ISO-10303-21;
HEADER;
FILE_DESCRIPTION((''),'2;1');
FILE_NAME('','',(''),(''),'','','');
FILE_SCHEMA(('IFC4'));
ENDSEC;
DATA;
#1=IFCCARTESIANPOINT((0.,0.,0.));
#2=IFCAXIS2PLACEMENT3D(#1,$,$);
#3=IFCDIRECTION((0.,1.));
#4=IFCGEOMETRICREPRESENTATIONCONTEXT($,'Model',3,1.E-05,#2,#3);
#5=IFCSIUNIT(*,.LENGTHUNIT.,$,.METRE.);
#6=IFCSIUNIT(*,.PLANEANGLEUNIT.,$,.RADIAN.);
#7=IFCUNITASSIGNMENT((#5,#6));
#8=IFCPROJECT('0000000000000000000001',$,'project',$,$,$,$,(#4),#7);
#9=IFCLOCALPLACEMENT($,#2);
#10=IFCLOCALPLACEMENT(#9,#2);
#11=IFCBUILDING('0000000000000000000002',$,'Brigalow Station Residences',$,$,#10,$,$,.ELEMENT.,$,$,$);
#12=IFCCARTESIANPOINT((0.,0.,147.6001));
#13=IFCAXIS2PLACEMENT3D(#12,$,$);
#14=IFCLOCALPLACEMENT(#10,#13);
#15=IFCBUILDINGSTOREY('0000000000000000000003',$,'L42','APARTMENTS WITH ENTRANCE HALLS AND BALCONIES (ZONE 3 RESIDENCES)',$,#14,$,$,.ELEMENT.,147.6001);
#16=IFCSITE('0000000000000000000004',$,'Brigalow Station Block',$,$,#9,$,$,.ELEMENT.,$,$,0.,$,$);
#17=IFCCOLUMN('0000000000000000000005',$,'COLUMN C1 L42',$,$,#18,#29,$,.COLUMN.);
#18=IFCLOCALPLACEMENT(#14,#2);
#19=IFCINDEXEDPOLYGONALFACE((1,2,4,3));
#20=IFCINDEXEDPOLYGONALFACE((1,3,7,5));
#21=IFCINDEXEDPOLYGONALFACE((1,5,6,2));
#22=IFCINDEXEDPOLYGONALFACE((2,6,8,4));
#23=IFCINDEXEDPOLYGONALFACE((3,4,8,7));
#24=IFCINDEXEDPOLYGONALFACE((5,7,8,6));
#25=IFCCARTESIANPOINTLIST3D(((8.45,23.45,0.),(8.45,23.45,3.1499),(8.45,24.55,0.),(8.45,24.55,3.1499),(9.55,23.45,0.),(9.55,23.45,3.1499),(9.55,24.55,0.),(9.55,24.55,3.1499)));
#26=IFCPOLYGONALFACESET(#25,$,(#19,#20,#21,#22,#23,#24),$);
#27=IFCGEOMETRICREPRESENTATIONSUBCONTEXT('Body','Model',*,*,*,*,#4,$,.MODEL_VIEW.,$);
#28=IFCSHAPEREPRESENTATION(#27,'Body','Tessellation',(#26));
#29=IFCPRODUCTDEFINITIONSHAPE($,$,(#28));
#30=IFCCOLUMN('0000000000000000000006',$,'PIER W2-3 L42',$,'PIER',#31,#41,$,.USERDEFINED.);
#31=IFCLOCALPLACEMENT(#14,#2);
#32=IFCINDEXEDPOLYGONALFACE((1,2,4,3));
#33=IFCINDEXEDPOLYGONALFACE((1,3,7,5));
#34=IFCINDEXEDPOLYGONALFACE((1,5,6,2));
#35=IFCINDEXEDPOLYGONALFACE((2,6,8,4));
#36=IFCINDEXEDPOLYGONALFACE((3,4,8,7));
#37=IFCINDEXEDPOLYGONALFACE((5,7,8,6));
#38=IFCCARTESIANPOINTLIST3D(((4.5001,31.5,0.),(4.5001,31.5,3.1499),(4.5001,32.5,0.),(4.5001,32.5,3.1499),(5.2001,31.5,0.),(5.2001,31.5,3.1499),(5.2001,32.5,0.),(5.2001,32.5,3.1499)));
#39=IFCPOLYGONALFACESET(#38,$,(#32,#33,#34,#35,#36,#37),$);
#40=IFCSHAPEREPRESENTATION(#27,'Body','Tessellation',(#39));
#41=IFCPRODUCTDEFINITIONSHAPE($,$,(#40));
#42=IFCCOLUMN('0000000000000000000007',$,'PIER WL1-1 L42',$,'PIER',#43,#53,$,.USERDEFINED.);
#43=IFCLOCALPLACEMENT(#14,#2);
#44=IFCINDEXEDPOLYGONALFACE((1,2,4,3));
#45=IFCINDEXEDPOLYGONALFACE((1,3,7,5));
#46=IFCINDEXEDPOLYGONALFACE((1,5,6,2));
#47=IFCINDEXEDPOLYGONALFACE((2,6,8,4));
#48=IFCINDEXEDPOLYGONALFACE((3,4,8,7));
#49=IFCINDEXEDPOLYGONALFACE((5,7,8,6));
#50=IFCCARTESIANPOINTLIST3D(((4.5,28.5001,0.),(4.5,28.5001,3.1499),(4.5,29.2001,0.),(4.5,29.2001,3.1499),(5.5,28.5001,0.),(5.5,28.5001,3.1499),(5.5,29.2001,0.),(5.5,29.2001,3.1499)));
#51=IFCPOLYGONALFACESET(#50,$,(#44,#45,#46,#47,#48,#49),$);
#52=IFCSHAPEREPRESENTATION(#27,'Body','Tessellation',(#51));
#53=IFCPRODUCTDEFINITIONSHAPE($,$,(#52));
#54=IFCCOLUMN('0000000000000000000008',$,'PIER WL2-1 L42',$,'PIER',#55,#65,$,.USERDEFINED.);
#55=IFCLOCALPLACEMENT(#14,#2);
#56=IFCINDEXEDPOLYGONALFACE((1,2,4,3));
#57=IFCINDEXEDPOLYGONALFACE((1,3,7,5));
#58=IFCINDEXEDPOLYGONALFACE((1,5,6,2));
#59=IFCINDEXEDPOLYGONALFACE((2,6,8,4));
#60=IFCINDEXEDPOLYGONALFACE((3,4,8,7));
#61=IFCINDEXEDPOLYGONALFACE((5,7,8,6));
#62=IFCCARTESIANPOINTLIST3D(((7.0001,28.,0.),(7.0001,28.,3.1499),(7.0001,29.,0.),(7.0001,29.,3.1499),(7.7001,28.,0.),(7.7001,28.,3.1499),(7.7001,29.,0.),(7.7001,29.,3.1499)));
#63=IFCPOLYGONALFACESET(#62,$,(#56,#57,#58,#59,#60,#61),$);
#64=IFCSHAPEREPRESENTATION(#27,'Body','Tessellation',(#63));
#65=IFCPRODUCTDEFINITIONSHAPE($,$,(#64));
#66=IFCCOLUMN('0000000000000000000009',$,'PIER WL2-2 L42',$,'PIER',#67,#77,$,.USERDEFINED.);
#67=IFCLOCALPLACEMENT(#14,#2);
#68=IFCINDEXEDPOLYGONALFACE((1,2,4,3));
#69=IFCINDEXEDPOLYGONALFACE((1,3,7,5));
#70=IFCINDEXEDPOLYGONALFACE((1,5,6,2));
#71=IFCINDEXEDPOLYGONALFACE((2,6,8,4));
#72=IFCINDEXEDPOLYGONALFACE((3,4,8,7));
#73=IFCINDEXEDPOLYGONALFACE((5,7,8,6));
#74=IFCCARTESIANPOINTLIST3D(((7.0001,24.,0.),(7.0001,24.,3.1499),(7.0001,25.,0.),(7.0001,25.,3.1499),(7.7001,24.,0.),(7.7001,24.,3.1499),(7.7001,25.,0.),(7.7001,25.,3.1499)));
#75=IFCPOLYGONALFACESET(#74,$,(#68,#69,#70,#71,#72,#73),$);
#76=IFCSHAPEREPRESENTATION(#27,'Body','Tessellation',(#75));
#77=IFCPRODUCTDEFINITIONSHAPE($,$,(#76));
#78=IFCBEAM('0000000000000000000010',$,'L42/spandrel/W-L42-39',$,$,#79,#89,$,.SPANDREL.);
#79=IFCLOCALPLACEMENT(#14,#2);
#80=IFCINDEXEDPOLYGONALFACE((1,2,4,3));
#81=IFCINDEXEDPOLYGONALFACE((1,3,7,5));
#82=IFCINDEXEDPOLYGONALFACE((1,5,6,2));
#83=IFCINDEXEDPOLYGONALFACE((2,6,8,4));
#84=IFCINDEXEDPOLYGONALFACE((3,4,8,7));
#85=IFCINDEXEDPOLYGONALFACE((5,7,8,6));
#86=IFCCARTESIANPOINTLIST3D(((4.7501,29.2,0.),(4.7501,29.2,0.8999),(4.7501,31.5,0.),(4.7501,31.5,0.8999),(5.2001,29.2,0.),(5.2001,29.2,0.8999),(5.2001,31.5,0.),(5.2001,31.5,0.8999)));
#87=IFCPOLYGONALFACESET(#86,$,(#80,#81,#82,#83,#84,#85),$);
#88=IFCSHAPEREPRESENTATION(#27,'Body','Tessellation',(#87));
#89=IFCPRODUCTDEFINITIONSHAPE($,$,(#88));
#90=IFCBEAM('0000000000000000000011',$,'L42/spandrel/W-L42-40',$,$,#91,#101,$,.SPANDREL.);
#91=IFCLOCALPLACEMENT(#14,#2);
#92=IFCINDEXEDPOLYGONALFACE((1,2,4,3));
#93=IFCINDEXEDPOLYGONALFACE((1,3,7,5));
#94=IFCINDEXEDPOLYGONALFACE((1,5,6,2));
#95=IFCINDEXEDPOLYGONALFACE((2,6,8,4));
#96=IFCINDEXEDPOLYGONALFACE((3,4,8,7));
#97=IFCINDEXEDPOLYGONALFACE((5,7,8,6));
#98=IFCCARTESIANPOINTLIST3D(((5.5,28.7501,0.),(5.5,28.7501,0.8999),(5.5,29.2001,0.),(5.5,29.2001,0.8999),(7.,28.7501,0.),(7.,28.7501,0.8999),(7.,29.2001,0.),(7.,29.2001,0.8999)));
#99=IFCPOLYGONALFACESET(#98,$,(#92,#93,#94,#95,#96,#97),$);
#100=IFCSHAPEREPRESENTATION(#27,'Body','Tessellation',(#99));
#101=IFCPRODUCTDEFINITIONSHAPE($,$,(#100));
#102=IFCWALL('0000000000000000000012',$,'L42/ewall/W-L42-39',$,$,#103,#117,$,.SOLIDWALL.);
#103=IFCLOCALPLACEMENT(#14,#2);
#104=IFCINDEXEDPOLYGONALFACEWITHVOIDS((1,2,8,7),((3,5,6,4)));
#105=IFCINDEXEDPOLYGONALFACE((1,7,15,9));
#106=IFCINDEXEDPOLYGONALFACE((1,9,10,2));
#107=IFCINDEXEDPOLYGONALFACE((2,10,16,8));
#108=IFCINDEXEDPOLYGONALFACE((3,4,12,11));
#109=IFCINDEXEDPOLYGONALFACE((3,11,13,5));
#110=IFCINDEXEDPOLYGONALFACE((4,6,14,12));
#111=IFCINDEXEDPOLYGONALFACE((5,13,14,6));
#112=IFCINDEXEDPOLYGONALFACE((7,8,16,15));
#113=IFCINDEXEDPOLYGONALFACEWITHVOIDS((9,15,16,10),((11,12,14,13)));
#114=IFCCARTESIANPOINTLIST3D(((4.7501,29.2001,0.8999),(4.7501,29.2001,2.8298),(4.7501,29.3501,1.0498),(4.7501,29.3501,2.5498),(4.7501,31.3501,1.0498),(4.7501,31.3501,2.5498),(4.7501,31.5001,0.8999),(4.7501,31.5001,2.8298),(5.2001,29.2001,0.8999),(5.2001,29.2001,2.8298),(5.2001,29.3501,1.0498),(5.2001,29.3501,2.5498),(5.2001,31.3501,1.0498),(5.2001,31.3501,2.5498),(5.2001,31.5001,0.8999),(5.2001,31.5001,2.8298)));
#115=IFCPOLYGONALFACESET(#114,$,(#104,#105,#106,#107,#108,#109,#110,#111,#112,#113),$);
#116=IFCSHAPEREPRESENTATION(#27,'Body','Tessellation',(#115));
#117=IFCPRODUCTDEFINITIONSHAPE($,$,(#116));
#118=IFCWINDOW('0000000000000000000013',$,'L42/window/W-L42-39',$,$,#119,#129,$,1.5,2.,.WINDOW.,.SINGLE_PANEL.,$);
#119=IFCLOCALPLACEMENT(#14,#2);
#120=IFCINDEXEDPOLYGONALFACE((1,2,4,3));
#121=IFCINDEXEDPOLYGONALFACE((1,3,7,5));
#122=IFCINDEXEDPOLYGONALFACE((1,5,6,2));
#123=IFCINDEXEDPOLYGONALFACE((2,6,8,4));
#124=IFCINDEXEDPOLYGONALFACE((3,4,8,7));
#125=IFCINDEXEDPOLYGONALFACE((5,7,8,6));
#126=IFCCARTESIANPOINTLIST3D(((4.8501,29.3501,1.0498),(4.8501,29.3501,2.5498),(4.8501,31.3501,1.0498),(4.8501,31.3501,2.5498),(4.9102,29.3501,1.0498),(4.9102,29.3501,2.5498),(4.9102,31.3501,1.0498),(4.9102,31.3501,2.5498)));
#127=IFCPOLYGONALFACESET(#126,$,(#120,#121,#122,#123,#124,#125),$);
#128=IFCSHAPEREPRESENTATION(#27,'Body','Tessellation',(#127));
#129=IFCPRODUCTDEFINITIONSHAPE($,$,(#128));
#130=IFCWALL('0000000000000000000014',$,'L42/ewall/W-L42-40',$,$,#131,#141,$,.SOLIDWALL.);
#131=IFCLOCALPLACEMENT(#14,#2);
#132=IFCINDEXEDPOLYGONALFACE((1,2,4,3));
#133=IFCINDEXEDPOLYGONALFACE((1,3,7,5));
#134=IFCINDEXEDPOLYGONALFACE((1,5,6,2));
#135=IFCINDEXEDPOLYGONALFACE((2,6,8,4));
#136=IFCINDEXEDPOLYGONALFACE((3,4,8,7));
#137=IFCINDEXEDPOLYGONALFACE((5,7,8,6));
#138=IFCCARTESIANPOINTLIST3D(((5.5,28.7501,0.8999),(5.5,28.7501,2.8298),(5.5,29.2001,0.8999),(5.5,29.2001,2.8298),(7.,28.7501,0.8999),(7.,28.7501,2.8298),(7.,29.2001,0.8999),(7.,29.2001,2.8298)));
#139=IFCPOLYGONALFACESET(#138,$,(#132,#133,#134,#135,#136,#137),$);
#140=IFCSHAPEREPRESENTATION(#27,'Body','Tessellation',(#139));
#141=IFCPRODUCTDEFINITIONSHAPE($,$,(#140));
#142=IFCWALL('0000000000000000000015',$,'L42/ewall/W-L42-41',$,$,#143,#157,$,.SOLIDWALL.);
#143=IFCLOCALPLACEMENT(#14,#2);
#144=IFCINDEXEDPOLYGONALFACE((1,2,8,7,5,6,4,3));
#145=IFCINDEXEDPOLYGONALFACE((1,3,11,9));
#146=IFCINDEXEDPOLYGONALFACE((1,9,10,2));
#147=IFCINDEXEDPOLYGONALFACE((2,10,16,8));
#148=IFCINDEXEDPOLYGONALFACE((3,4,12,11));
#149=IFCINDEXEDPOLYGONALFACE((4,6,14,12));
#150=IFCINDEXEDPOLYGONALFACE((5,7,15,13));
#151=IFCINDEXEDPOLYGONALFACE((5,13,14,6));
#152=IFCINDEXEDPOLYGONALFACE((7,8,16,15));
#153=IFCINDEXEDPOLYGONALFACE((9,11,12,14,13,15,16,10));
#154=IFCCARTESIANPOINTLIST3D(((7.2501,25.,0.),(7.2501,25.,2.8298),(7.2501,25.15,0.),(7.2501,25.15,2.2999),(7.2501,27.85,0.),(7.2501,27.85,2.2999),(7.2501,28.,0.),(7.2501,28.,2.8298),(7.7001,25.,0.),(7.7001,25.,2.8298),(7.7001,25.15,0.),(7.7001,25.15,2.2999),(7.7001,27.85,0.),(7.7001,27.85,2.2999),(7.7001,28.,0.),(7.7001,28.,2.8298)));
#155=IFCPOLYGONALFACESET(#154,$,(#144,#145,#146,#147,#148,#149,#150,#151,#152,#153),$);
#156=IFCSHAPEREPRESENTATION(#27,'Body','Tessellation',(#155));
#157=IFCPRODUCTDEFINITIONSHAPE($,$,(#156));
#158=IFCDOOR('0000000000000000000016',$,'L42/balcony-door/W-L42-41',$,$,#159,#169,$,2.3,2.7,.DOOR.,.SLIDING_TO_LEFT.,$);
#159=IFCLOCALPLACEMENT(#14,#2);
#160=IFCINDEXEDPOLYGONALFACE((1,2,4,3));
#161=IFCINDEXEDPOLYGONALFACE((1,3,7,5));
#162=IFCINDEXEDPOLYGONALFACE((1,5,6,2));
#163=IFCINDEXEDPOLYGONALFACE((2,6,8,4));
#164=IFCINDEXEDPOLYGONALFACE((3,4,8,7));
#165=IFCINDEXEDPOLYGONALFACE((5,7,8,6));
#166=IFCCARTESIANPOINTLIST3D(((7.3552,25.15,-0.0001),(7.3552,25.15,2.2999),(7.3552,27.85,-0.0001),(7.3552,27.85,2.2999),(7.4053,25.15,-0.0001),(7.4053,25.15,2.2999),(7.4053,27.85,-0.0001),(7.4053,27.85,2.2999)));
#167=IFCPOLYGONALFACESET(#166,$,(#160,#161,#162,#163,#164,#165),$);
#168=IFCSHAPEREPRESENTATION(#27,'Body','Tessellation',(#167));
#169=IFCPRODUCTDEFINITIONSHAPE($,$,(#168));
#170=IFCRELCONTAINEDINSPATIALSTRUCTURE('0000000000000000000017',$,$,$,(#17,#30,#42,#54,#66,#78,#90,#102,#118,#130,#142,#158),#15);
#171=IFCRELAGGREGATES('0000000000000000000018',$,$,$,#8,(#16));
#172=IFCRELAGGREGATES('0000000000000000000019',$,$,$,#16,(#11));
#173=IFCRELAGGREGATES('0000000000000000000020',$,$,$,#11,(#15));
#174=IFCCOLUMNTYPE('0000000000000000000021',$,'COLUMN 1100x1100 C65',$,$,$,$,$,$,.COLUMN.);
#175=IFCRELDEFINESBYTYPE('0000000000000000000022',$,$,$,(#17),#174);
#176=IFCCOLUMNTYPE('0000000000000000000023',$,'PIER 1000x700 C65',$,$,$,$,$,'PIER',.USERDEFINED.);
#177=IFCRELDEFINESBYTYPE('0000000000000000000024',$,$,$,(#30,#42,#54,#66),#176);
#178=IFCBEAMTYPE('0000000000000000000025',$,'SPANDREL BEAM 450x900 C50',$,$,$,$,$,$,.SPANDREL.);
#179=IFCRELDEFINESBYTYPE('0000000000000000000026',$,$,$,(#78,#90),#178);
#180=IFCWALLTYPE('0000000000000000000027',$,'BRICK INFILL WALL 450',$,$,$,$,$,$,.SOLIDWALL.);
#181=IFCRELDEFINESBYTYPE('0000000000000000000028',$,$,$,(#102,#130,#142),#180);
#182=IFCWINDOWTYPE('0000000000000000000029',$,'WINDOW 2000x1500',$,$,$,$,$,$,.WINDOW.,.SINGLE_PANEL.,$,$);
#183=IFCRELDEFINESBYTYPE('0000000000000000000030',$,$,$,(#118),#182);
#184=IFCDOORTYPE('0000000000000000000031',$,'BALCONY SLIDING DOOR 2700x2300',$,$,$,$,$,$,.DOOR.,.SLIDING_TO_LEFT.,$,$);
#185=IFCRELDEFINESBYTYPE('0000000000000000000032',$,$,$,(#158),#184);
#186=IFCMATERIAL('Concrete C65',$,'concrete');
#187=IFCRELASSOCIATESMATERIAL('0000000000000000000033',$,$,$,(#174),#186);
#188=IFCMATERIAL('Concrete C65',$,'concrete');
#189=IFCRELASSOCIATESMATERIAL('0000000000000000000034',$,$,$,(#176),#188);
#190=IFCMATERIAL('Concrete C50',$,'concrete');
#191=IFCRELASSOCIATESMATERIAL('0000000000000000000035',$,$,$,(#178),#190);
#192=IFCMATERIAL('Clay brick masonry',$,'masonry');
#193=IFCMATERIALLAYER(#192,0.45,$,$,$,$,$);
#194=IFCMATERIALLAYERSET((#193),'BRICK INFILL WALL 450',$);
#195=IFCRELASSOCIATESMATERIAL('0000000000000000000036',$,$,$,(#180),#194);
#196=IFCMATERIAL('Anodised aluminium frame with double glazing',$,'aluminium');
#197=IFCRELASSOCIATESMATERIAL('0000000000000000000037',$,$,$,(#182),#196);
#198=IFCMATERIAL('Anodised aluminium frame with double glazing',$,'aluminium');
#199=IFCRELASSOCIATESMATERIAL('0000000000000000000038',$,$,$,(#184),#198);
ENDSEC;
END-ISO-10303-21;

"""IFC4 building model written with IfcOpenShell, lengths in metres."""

from ifc_helpers import new_model, si_unit, direction, frame, frame_2d, origin, origin_2d, place, context, subcontext, project, spatial, rectangle, extrude, material, layer, layer_set, material_profile, profile_set, type_object, element, fill, save


model = new_model("IFC4")

# Units and contexts
model_context = context("Model", 3, precision=1e-05, world=origin(), true_north=direction((0.0, 1.0)))
body_context = subcontext(model_context, "Body", "Model", "MODEL_VIEW")
ifc_project = project(units=[si_unit("LENGTHUNIT", "METRE"), si_unit("PLANEANGLEUNIT", "RADIAN")], contexts=[model_context])

# Site, building, storey
site_placement = place(None, origin())
site = spatial("IfcSite", under=ifc_project, at=site_placement, Name="Brigalow Station Block", CompositionType="ELEMENT", RefElevation=0.0)
building_placement = place(site_placement, origin())
building = spatial("IfcBuilding", under=site, at=building_placement, Name="Brigalow Station Residences", CompositionType="ELEMENT")
storey_placement = place(building_placement, frame((0.0, 0.0, 147.6001)))
storey = spatial("IfcBuildingStorey", under=building, at=storey_placement, Name="L42", Description="APARTMENTS WITH ENTRANCE HALLS AND BALCONIES (ZONE 3 RESIDENCES)", CompositionType="ELEMENT", Elevation=147.6001)

# Columns
ifc_material_1 = material(Name="Concrete C65", Category="concrete")
ifc_material_profile_1 = material_profile(ifc_material_1, rectangle(XDim=1.1001, YDim=1.1001, at=origin_2d()), Name="RC1100x1100")
ifc_profile_set_1 = profile_set([ifc_material_profile_1], Name="Concrete C65")
column_type_1 = type_object("IfcColumnType", Name="COLUMN 1100x1100 C65", PredefinedType="COLUMN", material=ifc_profile_set_1)
column_placement = place(storey_placement, frame((9.0, 24.0, 0.0), z_axis=(0.0, 0.0, 1.0), x_axis=(1.0, 0.0, 0.0)))
element("IfcColumn", 1, at=column_placement, inside=storey, type_object=column_type_1, Name="COLUMN C1 L42", PredefinedType="COLUMN", context=body_context, shape_type="SweptSolid", body=[
    extrude(rectangle(XDim=1.1001, YDim=1.1001, at=origin_2d()), origin(), (0.0, 0.0, 1.0), 3.1499),
])
ifc_material_2 = material(Name="Concrete C65", Category="concrete")
ifc_material_profile_2 = material_profile(ifc_material_2, rectangle(XDim=1.0, YDim=0.7, at=origin_2d()), Name="RC1000x700")
ifc_profile_set_2 = profile_set([ifc_material_profile_2], Name="Concrete C65")
column_type_2 = type_object("IfcColumnType", Name="PIER 1000x700 C65", ElementType="PIER", PredefinedType="USERDEFINED", material=ifc_profile_set_2)
for number, where, z_axis, x_axis, name in (
    (2, (4.8501, 32.0, 0.0), (0.0, 0.0, 1.0), (0.0, -1.0, 0.0), "PIER W2-3 L42"),
    (3, (5.0, 28.8501, 0.0), (0.0, 0.0, 1.0), (1.0, 0.0, 0.0), "PIER WL1-1 L42"),
    (4, (7.3501, 28.5, 0.0), (0.0, 0.0, 1.0), (0.0, -1.0, 0.0), "PIER WL2-1 L42"),
    (5, (7.3501, 24.5, 0.0), (0.0, 0.0, 1.0), (0.0, -1.0, 0.0), "PIER WL2-2 L42"),
):
    element("IfcColumn", number, at=place(storey_placement, frame(where, z_axis=z_axis, x_axis=x_axis)), inside=storey, type_object=column_type_2, Name=name, ObjectType="PIER", PredefinedType="USERDEFINED", context=body_context, shape_type="SweptSolid", body=[
        extrude(rectangle(XDim=1.0, YDim=0.7, at=origin_2d()), origin(), (0.0, 0.0, 1.0), 3.1499),
    ])

# Beams
ifc_material_3 = material(Name="Concrete C50", Category="concrete")
ifc_material_profile_3 = material_profile(ifc_material_3, rectangle(XDim=0.45, YDim=0.8999, at=origin_2d()), Name="RC450x900")
ifc_profile_set_3 = profile_set([ifc_material_profile_3], Name="Concrete C50")
beam_type = type_object("IfcBeamType", Name="SPANDREL BEAM 450x900 C50", PredefinedType="SPANDREL", material=ifc_profile_set_3)
beam_1_placement = place(storey_placement, frame((4.9751, 31.5, 0.45), z_axis=(0.0, -1.0, 0.0), x_axis=(1.0, 0.0, 0.0)))
element("IfcBeam", 6, at=beam_1_placement, inside=storey, type_object=beam_type, Name="L42/spandrel/W-L42-39", PredefinedType="SPANDREL", context=body_context, shape_type="SweptSolid", body=[
    extrude(rectangle(XDim=0.45, YDim=0.8999, at=origin_2d()), origin(), (0.0, 0.0, 1.0), 2.3),
])
beam_2_placement = place(storey_placement, frame((5.5, 28.9751, 0.45), z_axis=(1.0, 0.0, 0.0), x_axis=(0.0, 1.0, 0.0)))
element("IfcBeam", 7, at=beam_2_placement, inside=storey, type_object=beam_type, Name="L42/spandrel/W-L42-40", PredefinedType="SPANDREL", context=body_context, shape_type="SweptSolid", body=[
    extrude(rectangle(XDim=0.45, YDim=0.8999, at=origin_2d()), origin(), (0.0, 0.0, 1.0), 1.5),
])

# Wall, opening, window
ifc_material_4 = material(Name="Clay brick masonry", Category="masonry")
ifc_layer_1 = layer(ifc_material_4, 0.45)
ifc_layer_set_1 = layer_set([ifc_layer_1], Name="BRICK INFILL WALL 450")
wall_type_1 = type_object("IfcWallType", Name="BRICK INFILL WALL 450", PredefinedType="SOLIDWALL", material=ifc_layer_set_1)
wall_1_placement = place(storey_placement, frame((4.9751, 31.5, 0.8999), z_axis=(0.0, 0.0, 1.0), x_axis=(0.0, -1.0, 0.0)))
wall_1 = element("IfcWall", 8, at=wall_1_placement, inside=storey, type_object=wall_type_1, Name="L42/ewall/W-L42-39", PredefinedType="SOLIDWALL", context=body_context, shape_type="SweptSolid", body=[
    extrude(rectangle(XDim=2.3, YDim=0.45, at=frame_2d((1.1499, 0.0))), origin(), (0.0, 0.0, 1.0), 1.9299),
])
opening_1_placement = place(wall_1_placement, frame((0.1499, 0.0, 0.1499)))
opening_1 = element("IfcOpeningElement", 9, at=opening_1_placement, cuts=wall_1, PredefinedType="OPENING", context=body_context, shape_type="SweptSolid", body=[
    extrude(rectangle(XDim=2.0, YDim=1.5, at=frame_2d((1.0, 0.75))), frame((0.0, 0.2349, 0.0), z_axis=(0.0, -1.0, 0.0), x_axis=(1.0, 0.0, 0.0)), (0.0, 0.0, 1.0), 0.47),
])
ifc_material_5 = material(Name="Anodised aluminium frame with double glazing", Category="aluminium")
window_type = type_object("IfcWindowType", Name="WINDOW 2000x1500", PartitioningType="SINGLE_PANEL", PredefinedType="WINDOW", material=ifc_material_5)
window_placement = place(opening_1_placement, origin())
window = element("IfcWindow", 10, at=window_placement, inside=storey, type_object=window_type, Name="L42/window/W-L42-39", OverallHeight=1.5, OverallWidth=2.0, PartitioningType="SINGLE_PANEL", PredefinedType="WINDOW", context=body_context, shape_type="SweptSolid", body=[
    extrude(rectangle(XDim=2.0, YDim=1.5, at=frame_2d((1.0, 0.75))), frame((0.0, -0.0649, 0.0), z_axis=(0.0, -1.0, 0.0), x_axis=(1.0, 0.0, 0.0)), (0.0, 0.0, 1.0), 0.0601),
])
fill(opening_1, window)

# Wall
wall_2_placement = place(storey_placement, frame((5.5, 28.9751, 0.8999), z_axis=(0.0, 0.0, 1.0), x_axis=(1.0, 0.0, 0.0)))
element("IfcWall", 11, at=wall_2_placement, inside=storey, type_object=wall_type_1, Name="L42/ewall/W-L42-40", PredefinedType="SOLIDWALL", context=body_context, shape_type="SweptSolid", body=[
    extrude(rectangle(XDim=1.5, YDim=0.45, at=frame_2d((0.75, 0.0))), origin(), (0.0, 0.0, 1.0), 1.9299),
])

# Wall, opening, door
wall_3_placement = place(storey_placement, frame((7.4751, 28.0, 0.0), z_axis=(0.0, 0.0, 1.0), x_axis=(0.0, -1.0, 0.0)))
wall_3 = element("IfcWall", 12, at=wall_3_placement, inside=storey, type_object=wall_type_1, Name="L42/ewall/W-L42-41", PredefinedType="SOLIDWALL", context=body_context, shape_type="SweptSolid", body=[
    extrude(rectangle(XDim=3.0, YDim=0.45, at=frame_2d((1.5, 0.0))), origin(), (0.0, 0.0, 1.0), 2.8298),
])
opening_2_placement = place(wall_3_placement, frame((0.1499, 0.0, 0.0)))
opening_2 = element("IfcOpeningElement", 13, at=opening_2_placement, cuts=wall_3, PredefinedType="OPENING", context=body_context, shape_type="SweptSolid", body=[
    extrude(rectangle(XDim=2.7, YDim=2.3, at=frame_2d((1.3501, 1.1499))), frame((0.0, 0.2349, 0.0), z_axis=(0.0, -1.0, 0.0), x_axis=(1.0, 0.0, 0.0)), (0.0, 0.0, 1.0), 0.47),
])
ifc_material_6 = material(Name="Anodised aluminium frame with double glazing", Category="aluminium")
door_type_1 = type_object("IfcDoorType", Name="BALCONY SLIDING DOOR 2700x2300", OperationType="SLIDING_TO_LEFT", PredefinedType="DOOR", material=ifc_material_6)
door_1_placement = place(opening_2_placement, origin())
door_1 = element("IfcDoor", 14, at=door_1_placement, inside=storey, type_object=door_type_1, Name="L42/balcony-door/W-L42-41", OperationType="SLIDING_TO_LEFT", OverallHeight=2.3, OverallWidth=2.7, PredefinedType="DOOR", context=body_context, shape_type="SweptSolid", body=[
    extrude(rectangle(XDim=2.7, YDim=2.3, at=frame_2d((1.3501, 1.1499))), frame((0.0, -0.0698, 0.0), z_axis=(0.0, -1.0, 0.0), x_axis=(1.0, 0.0, 0.0)), (0.0, 0.0, 1.0), 0.05),
])
fill(opening_2, door_1)

save(model, "model.ifc")
